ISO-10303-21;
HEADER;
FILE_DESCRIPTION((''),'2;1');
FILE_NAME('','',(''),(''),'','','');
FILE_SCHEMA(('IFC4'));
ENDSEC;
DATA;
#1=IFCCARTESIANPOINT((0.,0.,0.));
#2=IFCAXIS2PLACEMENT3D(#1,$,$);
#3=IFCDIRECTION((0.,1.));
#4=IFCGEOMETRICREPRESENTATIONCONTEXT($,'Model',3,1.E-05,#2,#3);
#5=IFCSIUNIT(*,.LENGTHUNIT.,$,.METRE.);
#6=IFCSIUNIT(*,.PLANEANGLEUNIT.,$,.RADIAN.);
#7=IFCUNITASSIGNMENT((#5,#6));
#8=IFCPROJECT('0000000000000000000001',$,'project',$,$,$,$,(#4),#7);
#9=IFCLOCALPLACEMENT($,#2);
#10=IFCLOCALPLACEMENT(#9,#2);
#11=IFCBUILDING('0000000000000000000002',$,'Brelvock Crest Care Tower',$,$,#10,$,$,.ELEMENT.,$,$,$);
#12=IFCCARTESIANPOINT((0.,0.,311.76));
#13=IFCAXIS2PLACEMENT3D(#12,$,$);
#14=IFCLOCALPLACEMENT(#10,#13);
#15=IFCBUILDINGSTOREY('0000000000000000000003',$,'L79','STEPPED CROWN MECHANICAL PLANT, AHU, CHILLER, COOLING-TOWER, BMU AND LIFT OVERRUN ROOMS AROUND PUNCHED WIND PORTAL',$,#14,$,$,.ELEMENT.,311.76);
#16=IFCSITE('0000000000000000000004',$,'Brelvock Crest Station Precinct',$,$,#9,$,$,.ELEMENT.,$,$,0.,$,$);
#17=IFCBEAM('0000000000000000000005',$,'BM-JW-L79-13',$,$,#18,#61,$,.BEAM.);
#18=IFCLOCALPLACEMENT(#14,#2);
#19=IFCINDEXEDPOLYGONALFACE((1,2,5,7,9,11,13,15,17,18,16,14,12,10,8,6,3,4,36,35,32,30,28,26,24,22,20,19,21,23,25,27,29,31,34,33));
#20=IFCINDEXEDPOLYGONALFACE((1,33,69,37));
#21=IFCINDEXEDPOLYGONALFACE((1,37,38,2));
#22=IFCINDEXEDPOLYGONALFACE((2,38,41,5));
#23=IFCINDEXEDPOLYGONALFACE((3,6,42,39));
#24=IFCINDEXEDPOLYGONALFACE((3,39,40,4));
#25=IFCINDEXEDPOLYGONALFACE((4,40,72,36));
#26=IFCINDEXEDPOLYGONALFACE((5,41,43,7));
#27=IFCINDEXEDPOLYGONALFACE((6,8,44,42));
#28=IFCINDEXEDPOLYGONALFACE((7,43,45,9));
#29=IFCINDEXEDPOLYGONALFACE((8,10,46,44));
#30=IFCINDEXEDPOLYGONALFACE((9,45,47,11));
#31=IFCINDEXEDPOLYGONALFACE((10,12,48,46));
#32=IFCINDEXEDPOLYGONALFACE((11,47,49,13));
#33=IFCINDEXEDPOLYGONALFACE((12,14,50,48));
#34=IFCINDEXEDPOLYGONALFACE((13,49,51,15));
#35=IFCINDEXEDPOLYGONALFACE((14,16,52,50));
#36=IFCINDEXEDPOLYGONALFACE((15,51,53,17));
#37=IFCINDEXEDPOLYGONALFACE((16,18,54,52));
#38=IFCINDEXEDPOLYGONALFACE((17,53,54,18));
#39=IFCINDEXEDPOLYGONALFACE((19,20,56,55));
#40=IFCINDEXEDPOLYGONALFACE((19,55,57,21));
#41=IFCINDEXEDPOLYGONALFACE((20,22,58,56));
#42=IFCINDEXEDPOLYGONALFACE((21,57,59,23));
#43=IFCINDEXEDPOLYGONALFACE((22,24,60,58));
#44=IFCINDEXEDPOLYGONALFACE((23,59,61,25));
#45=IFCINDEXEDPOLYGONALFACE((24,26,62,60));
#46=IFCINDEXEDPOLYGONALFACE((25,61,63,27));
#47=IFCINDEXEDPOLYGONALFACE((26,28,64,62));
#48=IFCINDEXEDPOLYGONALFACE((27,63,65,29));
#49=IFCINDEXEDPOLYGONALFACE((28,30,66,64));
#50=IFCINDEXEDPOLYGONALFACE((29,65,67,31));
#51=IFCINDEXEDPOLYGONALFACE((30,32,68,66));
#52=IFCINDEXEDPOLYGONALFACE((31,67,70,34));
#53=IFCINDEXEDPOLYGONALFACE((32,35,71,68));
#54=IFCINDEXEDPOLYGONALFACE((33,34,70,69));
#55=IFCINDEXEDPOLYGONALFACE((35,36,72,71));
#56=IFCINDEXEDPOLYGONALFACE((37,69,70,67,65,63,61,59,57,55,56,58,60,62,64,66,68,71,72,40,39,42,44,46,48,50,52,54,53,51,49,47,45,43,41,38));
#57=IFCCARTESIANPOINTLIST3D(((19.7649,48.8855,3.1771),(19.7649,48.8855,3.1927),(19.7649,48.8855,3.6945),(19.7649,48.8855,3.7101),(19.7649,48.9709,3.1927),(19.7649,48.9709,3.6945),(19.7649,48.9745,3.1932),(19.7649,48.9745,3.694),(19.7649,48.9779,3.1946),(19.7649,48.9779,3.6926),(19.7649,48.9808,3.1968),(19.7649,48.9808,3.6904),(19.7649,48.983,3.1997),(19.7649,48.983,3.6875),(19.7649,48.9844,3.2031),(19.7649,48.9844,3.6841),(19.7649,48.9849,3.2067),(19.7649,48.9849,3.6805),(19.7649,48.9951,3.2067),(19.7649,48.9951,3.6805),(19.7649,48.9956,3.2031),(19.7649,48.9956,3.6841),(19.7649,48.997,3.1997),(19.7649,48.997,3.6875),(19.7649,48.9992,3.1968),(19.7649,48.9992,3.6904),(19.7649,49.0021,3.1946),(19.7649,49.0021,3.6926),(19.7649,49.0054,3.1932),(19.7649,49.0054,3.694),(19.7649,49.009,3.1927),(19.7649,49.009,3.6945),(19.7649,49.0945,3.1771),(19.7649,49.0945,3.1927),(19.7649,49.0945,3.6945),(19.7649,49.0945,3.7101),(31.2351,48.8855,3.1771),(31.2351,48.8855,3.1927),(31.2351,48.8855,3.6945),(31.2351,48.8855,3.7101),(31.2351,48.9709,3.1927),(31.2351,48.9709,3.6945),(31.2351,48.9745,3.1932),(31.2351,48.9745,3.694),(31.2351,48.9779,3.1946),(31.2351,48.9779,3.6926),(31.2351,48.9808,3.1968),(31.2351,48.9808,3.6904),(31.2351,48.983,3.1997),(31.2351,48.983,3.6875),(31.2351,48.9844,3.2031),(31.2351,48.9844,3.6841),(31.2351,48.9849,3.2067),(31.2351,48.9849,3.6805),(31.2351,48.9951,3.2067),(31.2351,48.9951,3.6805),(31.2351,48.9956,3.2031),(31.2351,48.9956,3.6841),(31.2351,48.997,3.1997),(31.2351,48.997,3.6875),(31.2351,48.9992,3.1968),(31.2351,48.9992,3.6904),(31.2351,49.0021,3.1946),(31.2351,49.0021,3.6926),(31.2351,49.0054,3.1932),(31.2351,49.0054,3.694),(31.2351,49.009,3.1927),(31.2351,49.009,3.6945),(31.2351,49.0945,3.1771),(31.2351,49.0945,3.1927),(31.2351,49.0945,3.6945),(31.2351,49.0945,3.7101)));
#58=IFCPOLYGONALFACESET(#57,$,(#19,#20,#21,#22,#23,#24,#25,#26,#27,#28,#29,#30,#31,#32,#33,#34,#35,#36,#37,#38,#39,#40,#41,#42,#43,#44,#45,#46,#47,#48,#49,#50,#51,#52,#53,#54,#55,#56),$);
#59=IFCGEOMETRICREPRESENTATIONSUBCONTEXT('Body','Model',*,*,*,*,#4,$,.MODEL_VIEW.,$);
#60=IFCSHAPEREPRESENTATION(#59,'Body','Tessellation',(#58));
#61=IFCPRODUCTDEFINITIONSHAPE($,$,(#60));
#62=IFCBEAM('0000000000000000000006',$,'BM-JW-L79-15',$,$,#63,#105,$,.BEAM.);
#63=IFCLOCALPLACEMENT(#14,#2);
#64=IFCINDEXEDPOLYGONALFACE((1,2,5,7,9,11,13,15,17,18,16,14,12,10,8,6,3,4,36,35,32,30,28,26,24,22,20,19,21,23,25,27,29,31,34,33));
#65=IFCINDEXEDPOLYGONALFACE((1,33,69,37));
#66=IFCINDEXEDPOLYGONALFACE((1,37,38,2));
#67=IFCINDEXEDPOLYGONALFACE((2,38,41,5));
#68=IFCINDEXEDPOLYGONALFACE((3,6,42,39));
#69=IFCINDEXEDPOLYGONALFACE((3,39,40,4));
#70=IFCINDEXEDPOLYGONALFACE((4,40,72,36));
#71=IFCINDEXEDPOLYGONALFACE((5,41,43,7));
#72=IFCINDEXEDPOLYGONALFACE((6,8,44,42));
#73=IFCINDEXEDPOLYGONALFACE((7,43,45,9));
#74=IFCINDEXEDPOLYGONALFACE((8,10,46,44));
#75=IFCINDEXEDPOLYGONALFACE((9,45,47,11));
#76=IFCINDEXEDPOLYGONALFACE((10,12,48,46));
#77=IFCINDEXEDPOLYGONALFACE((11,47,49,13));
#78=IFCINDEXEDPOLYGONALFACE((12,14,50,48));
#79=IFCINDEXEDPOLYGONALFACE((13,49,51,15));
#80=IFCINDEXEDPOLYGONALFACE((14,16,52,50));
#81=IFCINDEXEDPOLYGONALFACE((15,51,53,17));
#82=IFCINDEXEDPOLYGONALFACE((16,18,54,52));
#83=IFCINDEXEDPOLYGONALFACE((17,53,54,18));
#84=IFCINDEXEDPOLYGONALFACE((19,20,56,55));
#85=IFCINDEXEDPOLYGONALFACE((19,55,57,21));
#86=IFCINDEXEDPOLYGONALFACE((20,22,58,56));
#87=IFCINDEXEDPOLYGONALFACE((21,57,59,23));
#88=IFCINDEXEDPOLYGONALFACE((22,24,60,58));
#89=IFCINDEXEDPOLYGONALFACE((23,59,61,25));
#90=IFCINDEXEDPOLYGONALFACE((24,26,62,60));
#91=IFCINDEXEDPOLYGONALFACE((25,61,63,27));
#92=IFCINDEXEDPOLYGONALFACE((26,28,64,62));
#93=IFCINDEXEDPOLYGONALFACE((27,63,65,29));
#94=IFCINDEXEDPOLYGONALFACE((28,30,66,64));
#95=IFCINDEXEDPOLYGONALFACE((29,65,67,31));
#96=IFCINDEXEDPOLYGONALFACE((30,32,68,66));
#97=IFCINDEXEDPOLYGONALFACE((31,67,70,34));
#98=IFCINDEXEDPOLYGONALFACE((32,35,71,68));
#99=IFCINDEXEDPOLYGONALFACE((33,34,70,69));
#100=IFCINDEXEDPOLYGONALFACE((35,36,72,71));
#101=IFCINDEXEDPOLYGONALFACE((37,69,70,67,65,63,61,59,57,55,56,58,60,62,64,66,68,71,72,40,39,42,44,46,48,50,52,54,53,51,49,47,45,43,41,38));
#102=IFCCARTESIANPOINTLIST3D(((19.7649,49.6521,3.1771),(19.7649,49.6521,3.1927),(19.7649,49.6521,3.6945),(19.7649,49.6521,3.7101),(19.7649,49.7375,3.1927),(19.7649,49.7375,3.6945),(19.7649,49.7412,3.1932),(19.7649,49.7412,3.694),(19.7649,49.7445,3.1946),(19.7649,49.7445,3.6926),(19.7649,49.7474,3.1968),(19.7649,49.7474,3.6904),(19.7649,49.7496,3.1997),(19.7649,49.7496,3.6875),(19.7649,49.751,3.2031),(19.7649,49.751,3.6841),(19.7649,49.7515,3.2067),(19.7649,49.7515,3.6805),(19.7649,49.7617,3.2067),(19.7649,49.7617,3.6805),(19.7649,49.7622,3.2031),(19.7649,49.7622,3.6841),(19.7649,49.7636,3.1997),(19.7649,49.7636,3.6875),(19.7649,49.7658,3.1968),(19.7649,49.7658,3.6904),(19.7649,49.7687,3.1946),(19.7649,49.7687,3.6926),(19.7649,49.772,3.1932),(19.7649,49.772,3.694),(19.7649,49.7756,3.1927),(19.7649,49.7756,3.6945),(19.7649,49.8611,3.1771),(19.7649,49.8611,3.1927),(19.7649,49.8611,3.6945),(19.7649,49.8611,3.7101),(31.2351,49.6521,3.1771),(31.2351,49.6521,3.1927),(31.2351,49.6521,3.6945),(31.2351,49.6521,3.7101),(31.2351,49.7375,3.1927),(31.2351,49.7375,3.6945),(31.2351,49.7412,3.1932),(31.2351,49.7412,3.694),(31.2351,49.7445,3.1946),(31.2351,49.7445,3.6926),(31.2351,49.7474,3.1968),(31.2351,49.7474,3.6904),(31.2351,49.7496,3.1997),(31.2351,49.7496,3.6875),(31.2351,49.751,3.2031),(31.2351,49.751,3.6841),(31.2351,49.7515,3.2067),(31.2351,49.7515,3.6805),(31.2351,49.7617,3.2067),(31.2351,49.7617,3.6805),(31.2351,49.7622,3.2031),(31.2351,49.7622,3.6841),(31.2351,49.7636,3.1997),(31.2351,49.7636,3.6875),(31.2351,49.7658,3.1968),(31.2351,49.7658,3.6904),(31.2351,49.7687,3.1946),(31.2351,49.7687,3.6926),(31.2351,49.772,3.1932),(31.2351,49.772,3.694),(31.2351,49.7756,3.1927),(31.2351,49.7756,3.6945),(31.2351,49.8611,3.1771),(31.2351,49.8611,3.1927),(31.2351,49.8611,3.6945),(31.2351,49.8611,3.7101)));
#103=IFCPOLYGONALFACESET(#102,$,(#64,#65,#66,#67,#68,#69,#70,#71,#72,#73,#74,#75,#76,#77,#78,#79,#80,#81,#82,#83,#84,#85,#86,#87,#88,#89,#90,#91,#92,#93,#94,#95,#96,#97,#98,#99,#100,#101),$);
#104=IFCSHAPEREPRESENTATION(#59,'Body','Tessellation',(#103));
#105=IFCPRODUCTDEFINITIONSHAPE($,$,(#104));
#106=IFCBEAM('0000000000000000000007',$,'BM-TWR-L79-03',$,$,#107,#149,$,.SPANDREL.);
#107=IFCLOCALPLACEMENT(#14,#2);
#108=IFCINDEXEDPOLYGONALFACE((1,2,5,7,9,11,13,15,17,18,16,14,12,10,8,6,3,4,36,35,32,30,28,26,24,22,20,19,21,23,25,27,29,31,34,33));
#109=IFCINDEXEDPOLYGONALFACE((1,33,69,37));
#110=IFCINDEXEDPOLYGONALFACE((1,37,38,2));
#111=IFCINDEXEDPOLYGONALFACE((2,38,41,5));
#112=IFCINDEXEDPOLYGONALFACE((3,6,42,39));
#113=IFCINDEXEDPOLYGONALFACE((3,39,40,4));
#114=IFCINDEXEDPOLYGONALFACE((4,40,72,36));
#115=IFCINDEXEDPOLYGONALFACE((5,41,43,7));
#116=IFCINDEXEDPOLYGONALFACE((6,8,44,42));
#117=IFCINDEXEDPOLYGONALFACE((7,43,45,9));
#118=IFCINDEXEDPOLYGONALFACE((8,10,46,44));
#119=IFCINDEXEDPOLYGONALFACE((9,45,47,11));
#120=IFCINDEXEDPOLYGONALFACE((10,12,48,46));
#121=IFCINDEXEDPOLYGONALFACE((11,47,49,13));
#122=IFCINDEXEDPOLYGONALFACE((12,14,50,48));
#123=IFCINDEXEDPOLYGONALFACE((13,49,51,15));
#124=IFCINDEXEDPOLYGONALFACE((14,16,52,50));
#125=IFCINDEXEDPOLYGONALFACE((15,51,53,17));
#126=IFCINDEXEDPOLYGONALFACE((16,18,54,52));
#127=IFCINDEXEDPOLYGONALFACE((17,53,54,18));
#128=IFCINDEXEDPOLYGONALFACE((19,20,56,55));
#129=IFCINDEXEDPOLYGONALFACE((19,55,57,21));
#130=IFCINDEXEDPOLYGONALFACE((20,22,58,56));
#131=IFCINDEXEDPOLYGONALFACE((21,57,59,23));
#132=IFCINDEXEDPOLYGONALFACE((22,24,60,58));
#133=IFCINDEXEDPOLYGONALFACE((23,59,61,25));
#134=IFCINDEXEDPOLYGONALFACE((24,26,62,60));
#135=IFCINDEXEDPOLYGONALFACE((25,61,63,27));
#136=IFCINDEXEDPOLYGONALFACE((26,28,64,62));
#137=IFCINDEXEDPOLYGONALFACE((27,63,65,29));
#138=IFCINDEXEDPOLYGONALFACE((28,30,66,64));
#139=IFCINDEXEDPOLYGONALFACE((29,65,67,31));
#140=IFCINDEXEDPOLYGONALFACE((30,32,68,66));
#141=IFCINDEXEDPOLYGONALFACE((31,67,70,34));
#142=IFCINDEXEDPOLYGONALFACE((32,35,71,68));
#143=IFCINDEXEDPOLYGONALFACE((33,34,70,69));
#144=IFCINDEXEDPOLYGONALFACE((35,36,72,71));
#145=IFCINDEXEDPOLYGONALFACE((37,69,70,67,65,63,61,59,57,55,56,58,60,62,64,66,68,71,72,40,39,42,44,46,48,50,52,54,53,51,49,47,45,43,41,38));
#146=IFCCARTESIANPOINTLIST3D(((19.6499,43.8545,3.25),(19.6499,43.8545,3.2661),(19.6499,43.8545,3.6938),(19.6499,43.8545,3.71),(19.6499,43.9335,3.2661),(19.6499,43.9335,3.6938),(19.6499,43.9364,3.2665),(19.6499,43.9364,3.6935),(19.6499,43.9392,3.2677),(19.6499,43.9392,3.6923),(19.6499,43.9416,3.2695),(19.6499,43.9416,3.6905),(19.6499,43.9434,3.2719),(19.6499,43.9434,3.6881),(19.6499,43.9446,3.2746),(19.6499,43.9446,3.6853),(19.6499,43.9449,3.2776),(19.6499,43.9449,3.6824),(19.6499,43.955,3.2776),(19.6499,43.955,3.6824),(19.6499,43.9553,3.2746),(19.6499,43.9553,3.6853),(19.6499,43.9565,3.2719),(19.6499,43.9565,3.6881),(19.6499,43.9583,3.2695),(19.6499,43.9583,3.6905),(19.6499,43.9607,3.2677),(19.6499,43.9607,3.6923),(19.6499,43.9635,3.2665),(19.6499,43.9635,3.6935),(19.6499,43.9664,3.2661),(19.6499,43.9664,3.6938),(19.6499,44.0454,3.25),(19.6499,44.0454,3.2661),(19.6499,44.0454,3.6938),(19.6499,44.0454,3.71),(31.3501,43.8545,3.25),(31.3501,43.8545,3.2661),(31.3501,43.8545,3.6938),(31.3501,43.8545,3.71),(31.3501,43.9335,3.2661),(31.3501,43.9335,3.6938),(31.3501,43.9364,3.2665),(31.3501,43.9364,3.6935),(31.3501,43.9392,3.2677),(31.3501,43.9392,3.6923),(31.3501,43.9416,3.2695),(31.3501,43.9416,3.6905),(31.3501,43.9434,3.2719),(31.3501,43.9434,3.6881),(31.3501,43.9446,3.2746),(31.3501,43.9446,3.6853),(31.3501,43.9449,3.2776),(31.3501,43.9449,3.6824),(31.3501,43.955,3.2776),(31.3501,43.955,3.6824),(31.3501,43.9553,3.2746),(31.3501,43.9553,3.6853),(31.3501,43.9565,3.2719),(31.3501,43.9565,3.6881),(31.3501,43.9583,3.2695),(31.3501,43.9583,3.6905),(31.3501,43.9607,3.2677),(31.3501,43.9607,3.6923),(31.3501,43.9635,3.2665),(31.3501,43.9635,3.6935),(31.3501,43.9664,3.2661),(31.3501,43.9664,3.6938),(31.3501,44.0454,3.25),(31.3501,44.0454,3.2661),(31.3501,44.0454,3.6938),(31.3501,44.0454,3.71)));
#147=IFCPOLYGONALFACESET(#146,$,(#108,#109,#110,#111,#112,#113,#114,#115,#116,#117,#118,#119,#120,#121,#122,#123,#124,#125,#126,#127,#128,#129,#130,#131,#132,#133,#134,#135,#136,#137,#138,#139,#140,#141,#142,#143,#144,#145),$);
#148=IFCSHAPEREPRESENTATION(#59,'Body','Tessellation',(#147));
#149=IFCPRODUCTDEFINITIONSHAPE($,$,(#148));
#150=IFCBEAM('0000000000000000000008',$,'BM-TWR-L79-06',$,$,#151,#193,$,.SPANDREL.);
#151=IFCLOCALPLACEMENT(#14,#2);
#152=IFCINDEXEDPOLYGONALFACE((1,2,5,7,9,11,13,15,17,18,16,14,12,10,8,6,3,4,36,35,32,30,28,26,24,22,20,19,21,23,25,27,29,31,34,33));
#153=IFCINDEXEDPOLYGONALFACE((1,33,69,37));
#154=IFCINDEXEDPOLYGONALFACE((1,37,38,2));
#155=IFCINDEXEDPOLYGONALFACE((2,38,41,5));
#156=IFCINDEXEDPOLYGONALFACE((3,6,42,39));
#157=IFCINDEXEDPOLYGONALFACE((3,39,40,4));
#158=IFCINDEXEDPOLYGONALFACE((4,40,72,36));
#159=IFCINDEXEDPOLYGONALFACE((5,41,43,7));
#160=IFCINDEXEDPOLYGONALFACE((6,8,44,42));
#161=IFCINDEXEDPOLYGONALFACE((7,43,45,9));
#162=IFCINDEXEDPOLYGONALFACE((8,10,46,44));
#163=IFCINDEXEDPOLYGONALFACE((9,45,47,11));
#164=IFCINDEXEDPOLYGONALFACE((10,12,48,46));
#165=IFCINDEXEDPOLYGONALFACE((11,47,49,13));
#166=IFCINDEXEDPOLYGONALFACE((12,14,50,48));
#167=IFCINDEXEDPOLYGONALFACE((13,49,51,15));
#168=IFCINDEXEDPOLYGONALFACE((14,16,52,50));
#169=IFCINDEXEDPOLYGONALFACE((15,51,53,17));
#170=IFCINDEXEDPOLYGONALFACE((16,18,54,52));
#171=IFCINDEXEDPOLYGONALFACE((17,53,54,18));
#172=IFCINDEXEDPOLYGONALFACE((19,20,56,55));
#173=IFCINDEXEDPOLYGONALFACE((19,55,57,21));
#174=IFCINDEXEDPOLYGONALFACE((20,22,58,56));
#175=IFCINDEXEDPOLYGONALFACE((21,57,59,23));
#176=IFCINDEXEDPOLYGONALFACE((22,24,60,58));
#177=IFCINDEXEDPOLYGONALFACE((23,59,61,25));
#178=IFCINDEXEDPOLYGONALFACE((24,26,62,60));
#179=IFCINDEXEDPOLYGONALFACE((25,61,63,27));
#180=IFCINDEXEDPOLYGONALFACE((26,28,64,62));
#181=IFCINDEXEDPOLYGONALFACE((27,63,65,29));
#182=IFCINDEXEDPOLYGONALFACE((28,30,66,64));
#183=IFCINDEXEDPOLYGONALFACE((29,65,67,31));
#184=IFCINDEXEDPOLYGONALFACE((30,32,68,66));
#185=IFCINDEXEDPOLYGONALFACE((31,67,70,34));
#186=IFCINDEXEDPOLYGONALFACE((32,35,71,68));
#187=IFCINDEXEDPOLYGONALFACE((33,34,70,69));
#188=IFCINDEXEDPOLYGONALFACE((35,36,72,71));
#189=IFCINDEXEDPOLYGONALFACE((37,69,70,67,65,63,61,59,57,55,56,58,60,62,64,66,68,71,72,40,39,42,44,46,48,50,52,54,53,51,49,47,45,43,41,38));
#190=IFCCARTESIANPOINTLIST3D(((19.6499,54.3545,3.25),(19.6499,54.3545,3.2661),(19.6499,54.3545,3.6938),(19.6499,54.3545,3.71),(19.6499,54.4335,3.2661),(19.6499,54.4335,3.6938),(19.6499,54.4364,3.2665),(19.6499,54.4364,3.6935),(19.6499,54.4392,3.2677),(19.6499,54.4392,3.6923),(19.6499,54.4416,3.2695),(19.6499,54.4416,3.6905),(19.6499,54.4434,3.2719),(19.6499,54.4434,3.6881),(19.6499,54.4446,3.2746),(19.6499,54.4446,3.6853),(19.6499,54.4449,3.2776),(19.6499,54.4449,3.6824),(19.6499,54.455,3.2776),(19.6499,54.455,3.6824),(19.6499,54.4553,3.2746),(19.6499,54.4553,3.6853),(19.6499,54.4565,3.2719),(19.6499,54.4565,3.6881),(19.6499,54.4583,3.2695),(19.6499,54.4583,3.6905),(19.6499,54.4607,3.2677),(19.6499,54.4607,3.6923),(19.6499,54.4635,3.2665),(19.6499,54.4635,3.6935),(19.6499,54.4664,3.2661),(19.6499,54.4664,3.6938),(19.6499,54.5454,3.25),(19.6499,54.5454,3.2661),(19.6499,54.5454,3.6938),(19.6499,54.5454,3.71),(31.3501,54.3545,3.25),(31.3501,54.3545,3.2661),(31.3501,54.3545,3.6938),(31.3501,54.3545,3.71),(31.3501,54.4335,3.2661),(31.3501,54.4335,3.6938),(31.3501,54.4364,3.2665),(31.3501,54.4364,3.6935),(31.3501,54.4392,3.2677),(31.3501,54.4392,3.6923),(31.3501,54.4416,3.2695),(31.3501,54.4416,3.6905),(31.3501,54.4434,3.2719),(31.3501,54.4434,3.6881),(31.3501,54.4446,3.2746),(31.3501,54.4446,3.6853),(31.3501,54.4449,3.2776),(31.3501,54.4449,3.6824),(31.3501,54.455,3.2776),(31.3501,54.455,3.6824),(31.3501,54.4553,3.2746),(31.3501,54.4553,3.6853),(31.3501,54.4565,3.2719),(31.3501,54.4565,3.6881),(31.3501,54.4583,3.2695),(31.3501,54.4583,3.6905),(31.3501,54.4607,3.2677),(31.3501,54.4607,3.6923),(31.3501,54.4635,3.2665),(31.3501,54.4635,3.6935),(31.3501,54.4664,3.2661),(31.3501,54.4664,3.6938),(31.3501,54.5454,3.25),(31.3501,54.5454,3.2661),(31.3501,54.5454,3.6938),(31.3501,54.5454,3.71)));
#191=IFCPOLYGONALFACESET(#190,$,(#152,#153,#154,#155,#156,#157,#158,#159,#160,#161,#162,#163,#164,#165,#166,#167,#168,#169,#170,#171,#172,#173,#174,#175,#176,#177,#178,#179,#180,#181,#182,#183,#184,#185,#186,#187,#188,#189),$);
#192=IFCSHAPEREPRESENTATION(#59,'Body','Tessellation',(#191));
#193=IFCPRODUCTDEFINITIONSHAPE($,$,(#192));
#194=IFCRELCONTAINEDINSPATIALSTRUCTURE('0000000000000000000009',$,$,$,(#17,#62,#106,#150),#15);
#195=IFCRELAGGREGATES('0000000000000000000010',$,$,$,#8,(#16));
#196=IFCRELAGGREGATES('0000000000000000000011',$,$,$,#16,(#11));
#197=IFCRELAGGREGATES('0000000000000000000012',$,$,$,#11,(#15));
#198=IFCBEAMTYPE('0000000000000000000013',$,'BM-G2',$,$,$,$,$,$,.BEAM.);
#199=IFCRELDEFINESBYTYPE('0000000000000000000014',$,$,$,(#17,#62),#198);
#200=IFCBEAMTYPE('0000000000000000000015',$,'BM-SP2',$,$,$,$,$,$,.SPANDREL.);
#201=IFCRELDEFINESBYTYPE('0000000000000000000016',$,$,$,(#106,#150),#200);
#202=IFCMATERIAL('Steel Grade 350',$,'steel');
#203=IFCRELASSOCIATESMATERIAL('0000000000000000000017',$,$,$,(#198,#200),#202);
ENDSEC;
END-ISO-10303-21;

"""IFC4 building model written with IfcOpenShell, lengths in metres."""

from ifc_helpers import new_model, si_unit, direction, frame, origin, origin_2d, place, context, subcontext, project, spatial, i_section, extrude, source, transform, mapped, material, material_profile, profile_set, type_object, element, save


model = new_model("IFC4")

# Units and contexts
model_context = context("Model", 3, precision=1e-05, world=origin(), true_north=direction((0.0, 1.0)))
body_context = subcontext(model_context, "Body", "Model", "MODEL_VIEW")
ifc_project = project(units=[si_unit("LENGTHUNIT", "METRE"), si_unit("PLANEANGLEUNIT", "RADIAN")], contexts=[model_context])

# Site, building, storey
site_placement = place(None, origin())
site = spatial("IfcSite", under=ifc_project, at=site_placement, Name="Brelvock Crest Station Precinct", CompositionType="ELEMENT", RefElevation=0.0)
building_placement = place(site_placement, origin())
building = spatial("IfcBuilding", under=site, at=building_placement, Name="Brelvock Crest Care Tower", CompositionType="ELEMENT")
storey_placement = place(building_placement, frame((0.0, 0.0, 311.76)))
storey = spatial("IfcBuildingStorey", under=building, at=storey_placement, Name="L79", Description="STEPPED CROWN MECHANICAL PLANT, AHU, CHILLER, COOLING-TOWER, BMU AND LIFT OVERRUN ROOMS AROUND PUNCHED WIND PORTAL", CompositionType="ELEMENT", Elevation=311.76)

# Shared definitions
ifc_material_1 = material(Name="Steel Grade 350", Category="steel")

# Beams
ifc_material_profile_1 = material_profile(ifc_material_1, i_section(OverallWidth=0.209, OverallDepth=0.533, WebThickness=0.0103, FlangeThickness=0.0156, FilletRadius=0.0139, at=origin_2d()), Name="530UB92.4")
ifc_profile_set_1 = profile_set([ifc_material_profile_1], Name="Steel Grade 350")
beam_type_1 = type_object("IfcBeamType", Name="BM-G2", PredefinedType="BEAM", material=ifc_profile_set_1)
shared_shape_1 = source(origin(), body_context, "Body", "SweptSolid", [
    extrude(i_section(OverallWidth=0.209, OverallDepth=0.533, WebThickness=0.0103, FlangeThickness=0.0156, FilletRadius=0.0139, at=origin_2d()), origin(), (0.0, 0.0, 1.0), 11.4702),
])
for number, where, z_axis, x_axis, name in (
    (1, (19.7649, 48.99, 3.4436), (1.0, 0.0, 0.0), (0.0, 1.0, 0.0), "BM-JW-L79-13"),
    (2, (19.7649, 49.7566, 3.4436), (1.0, 0.0, 0.0), (0.0, 1.0, 0.0), "BM-JW-L79-15"),
):
    element("IfcBeam", number, at=place(storey_placement, frame(where, z_axis=z_axis, x_axis=x_axis)), inside=storey, type_object=beam_type_1, Name=name, PredefinedType="BEAM", context=body_context, shape_type="MappedRepresentation", body=[
        mapped(shared_shape_1, transform((0.0, 0.0, 0.0), x_axis=(1.0, 0.0, 0.0), y_axis=(0.0, 1.0, 0.0), z_axis=(0.0, 0.0, 1.0), scale=1.0)),
    ])
ifc_material_profile_2 = material_profile(ifc_material_1, i_section(OverallWidth=0.1909, OverallDepth=0.46, WebThickness=0.01, FlangeThickness=0.0161, FilletRadius=0.0115, at=origin_2d()), Name="460UB82.1")
ifc_profile_set_2 = profile_set([ifc_material_profile_2], Name="Steel Grade 350")
beam_type_2 = type_object("IfcBeamType", Name="BM-SP2", PredefinedType="SPANDREL", material=ifc_profile_set_2)
shared_shape_2 = source(origin(), body_context, "Body", "SweptSolid", [
    extrude(i_section(OverallWidth=0.1909, OverallDepth=0.46, WebThickness=0.01, FlangeThickness=0.0161, FilletRadius=0.0115, at=origin_2d()), origin(), (0.0, 0.0, 1.0), 11.7002),
])
for number, where, z_axis, x_axis, name in (
    (3, (19.6499, 43.95, 3.48), (1.0, 0.0, 0.0), (0.0, 1.0, 0.0), "BM-TWR-L79-03"),
    (4, (19.6499, 54.45, 3.48), (1.0, 0.0, 0.0), (0.0, 1.0, 0.0), "BM-TWR-L79-06"),
):
    element("IfcBeam", number, at=place(storey_placement, frame(where, z_axis=z_axis, x_axis=x_axis)), inside=storey, type_object=beam_type_2, Name=name, PredefinedType="SPANDREL", context=body_context, shape_type="MappedRepresentation", body=[
        mapped(shared_shape_2, transform((0.0, 0.0, 0.0), x_axis=(1.0, 0.0, 0.0), y_axis=(0.0, 1.0, 0.0), z_axis=(0.0, 0.0, 1.0), scale=1.0)),
    ])

save(model, "model.ifc")
